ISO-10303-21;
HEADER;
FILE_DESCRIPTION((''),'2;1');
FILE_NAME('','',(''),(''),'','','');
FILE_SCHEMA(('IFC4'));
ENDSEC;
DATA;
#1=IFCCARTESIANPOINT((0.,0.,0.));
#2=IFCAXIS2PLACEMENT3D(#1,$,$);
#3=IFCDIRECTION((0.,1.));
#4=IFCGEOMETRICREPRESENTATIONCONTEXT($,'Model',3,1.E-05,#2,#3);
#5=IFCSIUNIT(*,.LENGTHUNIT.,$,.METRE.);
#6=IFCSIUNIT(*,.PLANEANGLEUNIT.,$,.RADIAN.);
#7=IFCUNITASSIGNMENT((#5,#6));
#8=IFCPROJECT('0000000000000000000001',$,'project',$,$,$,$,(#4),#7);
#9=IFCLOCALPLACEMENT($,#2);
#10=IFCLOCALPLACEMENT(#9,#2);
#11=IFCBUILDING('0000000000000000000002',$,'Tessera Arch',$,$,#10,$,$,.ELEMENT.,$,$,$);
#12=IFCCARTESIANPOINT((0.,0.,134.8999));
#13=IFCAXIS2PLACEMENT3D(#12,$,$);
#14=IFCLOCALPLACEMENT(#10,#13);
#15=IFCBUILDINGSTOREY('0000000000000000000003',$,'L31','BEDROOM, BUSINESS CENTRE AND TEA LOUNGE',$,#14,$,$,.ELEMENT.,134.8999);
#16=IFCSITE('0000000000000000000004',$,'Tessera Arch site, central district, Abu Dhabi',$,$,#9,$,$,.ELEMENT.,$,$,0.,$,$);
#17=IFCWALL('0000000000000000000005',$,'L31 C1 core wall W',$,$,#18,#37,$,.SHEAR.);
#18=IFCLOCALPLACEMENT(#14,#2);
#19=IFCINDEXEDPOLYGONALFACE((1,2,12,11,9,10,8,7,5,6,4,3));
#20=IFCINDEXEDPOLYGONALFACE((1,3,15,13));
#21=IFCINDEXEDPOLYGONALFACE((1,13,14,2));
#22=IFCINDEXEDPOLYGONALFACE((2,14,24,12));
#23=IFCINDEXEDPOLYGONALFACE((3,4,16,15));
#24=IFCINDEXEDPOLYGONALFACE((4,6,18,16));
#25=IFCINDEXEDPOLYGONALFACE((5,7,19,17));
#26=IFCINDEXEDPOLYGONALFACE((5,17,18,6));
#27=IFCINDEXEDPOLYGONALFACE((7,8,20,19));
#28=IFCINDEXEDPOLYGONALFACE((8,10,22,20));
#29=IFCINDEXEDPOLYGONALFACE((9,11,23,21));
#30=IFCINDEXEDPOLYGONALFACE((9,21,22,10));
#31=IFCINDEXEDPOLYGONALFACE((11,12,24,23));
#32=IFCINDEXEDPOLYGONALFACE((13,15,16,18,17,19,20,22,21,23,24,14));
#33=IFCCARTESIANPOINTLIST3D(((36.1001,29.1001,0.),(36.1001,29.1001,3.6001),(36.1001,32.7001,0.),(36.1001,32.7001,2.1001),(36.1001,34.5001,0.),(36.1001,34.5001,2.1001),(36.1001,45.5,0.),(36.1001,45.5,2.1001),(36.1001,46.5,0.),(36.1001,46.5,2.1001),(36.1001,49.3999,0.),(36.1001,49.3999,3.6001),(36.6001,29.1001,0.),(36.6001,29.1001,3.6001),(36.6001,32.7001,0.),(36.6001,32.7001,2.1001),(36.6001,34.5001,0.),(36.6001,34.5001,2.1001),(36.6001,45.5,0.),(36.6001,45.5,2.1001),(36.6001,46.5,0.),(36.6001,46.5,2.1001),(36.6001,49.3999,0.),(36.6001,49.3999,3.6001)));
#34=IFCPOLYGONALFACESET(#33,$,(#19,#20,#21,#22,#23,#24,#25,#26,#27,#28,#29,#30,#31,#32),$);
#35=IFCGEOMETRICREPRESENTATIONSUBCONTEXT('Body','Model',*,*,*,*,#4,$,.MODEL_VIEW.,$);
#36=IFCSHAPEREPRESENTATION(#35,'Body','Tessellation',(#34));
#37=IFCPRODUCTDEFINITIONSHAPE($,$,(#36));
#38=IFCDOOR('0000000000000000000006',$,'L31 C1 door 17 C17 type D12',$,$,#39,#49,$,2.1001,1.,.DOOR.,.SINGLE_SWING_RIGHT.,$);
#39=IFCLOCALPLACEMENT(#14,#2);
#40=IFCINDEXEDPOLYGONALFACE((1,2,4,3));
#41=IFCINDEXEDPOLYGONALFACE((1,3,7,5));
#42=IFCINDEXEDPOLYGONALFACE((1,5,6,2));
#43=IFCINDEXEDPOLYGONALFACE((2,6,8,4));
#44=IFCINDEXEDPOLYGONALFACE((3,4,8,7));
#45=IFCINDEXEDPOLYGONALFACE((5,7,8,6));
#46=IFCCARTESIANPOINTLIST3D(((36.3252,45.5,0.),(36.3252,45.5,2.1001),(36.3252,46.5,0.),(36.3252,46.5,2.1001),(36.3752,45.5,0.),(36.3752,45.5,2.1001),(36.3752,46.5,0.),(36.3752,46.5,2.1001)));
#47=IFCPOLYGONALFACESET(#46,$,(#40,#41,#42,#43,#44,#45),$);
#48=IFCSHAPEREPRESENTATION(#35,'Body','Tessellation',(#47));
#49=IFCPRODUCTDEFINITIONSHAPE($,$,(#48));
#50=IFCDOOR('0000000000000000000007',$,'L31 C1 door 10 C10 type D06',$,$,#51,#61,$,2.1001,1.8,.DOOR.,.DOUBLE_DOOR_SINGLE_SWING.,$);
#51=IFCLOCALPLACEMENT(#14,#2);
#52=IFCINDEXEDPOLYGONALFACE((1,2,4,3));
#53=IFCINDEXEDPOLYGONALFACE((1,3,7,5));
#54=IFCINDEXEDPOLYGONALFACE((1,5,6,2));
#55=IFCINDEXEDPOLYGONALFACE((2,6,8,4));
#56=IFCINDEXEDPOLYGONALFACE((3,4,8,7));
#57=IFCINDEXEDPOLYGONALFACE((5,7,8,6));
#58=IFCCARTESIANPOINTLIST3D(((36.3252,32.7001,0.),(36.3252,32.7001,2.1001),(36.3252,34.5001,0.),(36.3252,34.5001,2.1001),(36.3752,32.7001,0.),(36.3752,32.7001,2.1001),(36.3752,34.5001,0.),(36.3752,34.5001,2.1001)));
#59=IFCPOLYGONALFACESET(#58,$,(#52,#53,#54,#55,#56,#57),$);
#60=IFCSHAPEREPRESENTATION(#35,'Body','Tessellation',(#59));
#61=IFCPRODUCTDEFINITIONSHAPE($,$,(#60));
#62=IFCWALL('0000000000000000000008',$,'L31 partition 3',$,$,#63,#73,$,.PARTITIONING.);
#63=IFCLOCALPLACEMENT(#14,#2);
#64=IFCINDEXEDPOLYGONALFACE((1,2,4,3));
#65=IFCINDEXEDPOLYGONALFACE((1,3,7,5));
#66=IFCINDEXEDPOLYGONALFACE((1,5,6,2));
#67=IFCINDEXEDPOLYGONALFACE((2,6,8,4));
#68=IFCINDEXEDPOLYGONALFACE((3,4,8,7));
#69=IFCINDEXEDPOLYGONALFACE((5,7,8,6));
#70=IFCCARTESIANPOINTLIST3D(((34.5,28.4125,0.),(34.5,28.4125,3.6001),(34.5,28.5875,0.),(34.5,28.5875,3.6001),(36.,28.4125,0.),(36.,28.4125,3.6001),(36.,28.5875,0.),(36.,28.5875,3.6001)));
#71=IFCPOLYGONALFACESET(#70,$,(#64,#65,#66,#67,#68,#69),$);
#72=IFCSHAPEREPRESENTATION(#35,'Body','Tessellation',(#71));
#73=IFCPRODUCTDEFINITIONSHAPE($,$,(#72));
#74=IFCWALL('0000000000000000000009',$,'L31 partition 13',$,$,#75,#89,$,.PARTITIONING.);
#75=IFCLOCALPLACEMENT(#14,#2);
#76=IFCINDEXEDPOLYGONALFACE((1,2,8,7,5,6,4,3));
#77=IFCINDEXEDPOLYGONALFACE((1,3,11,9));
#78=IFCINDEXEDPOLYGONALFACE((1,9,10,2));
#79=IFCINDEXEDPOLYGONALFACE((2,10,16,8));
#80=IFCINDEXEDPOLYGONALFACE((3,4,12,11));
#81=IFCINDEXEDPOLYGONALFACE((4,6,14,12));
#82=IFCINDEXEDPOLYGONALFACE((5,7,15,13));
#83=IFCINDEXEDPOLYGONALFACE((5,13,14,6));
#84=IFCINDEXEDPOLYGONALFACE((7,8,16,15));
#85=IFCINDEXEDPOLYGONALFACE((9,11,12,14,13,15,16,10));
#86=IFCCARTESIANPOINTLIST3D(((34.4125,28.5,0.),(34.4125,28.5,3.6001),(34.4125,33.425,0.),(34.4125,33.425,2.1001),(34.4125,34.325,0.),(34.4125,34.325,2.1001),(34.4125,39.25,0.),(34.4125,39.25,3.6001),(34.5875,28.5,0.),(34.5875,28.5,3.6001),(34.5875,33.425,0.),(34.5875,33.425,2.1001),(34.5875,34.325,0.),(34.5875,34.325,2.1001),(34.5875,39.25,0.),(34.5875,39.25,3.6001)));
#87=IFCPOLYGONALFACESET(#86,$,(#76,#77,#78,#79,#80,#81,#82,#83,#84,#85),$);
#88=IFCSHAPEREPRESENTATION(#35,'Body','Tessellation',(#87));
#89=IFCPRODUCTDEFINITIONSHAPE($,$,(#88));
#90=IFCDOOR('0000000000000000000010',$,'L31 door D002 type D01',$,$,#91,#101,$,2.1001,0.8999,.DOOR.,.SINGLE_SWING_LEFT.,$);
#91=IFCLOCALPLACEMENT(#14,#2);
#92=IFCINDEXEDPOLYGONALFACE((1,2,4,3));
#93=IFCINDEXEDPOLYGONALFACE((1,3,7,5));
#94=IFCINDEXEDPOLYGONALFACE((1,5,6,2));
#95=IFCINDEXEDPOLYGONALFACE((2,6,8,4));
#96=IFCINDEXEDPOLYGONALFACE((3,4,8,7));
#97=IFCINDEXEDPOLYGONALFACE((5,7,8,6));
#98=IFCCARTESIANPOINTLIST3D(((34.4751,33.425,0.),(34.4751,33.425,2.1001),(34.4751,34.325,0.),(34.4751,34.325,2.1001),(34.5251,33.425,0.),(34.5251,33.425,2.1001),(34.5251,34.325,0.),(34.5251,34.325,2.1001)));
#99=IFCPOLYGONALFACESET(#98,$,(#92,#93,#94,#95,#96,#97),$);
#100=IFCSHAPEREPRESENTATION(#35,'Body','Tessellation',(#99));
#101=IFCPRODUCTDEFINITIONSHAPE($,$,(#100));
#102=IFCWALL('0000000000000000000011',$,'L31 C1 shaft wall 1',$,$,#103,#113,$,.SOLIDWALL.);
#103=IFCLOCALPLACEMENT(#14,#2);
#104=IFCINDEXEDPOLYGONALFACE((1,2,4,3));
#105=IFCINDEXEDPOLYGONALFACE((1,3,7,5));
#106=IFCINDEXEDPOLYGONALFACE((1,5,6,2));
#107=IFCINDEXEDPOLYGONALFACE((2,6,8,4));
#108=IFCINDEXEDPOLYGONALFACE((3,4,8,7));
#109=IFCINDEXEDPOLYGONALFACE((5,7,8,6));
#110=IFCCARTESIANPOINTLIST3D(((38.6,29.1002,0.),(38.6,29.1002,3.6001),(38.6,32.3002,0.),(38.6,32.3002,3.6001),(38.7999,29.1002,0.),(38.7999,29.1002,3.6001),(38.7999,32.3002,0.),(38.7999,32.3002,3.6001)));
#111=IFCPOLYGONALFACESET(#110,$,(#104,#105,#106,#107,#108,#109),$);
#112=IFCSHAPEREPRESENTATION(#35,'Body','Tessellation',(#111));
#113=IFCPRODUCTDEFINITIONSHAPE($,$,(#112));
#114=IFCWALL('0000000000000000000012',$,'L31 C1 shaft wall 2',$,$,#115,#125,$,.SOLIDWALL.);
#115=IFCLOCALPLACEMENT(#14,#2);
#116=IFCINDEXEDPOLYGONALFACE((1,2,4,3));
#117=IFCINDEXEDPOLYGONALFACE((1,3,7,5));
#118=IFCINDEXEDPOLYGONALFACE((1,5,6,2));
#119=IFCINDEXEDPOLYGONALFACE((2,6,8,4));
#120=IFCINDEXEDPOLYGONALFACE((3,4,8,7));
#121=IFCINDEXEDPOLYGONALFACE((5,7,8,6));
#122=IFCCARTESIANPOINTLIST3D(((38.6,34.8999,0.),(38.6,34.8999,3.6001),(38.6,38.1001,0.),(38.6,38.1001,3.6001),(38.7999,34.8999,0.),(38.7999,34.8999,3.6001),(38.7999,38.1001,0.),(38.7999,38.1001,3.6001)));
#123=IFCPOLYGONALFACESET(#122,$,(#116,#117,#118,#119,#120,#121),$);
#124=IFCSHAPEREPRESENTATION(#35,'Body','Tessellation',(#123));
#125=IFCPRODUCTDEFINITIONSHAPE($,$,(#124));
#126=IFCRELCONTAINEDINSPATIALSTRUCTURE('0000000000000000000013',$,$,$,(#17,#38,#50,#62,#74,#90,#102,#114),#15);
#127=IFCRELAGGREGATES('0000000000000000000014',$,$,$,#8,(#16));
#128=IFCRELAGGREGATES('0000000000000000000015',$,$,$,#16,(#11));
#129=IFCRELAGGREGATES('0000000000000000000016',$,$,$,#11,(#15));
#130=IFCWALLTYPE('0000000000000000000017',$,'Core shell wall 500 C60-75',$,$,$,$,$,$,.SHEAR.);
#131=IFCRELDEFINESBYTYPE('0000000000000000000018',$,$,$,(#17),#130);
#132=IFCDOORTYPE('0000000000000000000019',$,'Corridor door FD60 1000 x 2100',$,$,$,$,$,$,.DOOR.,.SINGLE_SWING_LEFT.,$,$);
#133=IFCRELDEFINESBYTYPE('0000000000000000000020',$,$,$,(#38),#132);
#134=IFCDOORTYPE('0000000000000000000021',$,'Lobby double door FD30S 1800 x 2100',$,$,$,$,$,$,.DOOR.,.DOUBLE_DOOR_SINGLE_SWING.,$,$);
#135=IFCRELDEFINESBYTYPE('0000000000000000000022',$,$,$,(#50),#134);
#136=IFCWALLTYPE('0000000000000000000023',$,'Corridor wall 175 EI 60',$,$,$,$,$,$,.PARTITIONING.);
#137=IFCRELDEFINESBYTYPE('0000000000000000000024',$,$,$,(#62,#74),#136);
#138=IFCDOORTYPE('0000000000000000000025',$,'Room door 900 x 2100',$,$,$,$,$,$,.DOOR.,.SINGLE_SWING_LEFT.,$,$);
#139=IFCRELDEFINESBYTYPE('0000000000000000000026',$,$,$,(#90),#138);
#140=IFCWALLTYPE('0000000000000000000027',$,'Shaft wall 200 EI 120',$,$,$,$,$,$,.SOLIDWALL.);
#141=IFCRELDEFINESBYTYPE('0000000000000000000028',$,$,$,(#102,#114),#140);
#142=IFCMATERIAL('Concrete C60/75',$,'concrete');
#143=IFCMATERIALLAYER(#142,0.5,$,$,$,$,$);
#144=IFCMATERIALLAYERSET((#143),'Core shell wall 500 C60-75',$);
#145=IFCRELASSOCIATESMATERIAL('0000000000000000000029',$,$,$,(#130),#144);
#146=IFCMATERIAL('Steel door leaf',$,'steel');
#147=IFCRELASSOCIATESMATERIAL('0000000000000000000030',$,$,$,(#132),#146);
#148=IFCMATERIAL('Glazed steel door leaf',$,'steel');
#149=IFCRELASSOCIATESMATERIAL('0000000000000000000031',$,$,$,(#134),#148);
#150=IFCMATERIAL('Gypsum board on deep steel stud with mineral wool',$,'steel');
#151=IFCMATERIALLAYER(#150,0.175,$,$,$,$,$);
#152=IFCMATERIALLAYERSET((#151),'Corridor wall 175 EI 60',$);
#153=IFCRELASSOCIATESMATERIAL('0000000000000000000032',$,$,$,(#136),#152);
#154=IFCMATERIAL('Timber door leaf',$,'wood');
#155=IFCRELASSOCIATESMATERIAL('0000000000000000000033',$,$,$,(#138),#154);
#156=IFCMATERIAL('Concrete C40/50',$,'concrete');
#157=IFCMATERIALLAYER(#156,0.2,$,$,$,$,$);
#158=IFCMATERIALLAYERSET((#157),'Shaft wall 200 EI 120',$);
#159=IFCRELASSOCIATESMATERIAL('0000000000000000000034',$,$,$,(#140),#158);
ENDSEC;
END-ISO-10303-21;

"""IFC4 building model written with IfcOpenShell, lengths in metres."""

from ifc_helpers import new_model, si_unit, direction, frame, frame_2d, origin, place, context, subcontext, project, spatial, rectangle, extrude, material, layer, layer_set, type_object, element, fill, save


model = new_model("IFC4")

# Units and contexts
model_context = context("Model", 3, precision=1e-05, world=origin(), true_north=direction((0.0, 1.0)))
body_context = subcontext(model_context, "Body", "Model", "MODEL_VIEW")
ifc_project = project(units=[si_unit("LENGTHUNIT", "METRE"), si_unit("PLANEANGLEUNIT", "RADIAN")], contexts=[model_context])

# Site, building, storey
site_placement = place(None, origin())
site = spatial("IfcSite", under=ifc_project, at=site_placement, Name="Tessera Arch site, central district, Abu Dhabi", CompositionType="ELEMENT", RefElevation=0.0)
building_placement = place(site_placement, origin())
building = spatial("IfcBuilding", under=site, at=building_placement, Name="Tessera Arch", CompositionType="ELEMENT")
storey_placement = place(building_placement, frame((0.0, 0.0, 134.8999)))
storey = spatial("IfcBuildingStorey", under=building, at=storey_placement, Name="L31", Description="BEDROOM, BUSINESS CENTRE AND TEA LOUNGE", CompositionType="ELEMENT", Elevation=134.8999)

# Wall, openings, doors
ifc_material_1 = material(Name="Concrete C60/75", Category="concrete")
ifc_layer_1 = layer(ifc_material_1, 0.5)
ifc_layer_set_1 = layer_set([ifc_layer_1], Name="Core shell wall 500 C60-75")
wall_type_1 = type_object("IfcWallType", Name="Core shell wall 500 C60-75", PredefinedType="SHEAR", material=ifc_layer_set_1)
wall_1_placement = place(storey_placement, frame((36.3501, 29.1001, 0.0), z_axis=(0.0, 0.0, 1.0), x_axis=(0.0, 1.0, 0.0)))
wall_1 = element("IfcWall", 1, at=wall_1_placement, inside=storey, type_object=wall_type_1, Name="L31 C1 core wall W", PredefinedType="SHEAR", context=body_context, shape_type="SweptSolid", body=[
    extrude(rectangle(XDim=20.2998, YDim=0.5, at=frame_2d((10.1499, 0.0))), origin(), (0.0, 0.0, 1.0), 3.6001),
])
opening_1_placement = place(wall_1_placement, frame((3.6001, 0.0, 0.0)))
opening_1 = element("IfcOpeningElement", 2, at=opening_1_placement, cuts=wall_1, PredefinedType="OPENING", context=body_context, shape_type="SweptSolid", body=[
    extrude(rectangle(XDim=1.8, YDim=2.1001, at=frame_2d((0.8999, 1.05))), frame((0.0, 0.26, 0.0), z_axis=(0.0, -1.0, 0.0), x_axis=(1.0, 0.0, 0.0)), (0.0, 0.0, 1.0), 0.52),
])
opening_2_placement = place(wall_1_placement, frame((16.3999, 0.0, 0.0)))
opening_2 = element("IfcOpeningElement", 3, at=opening_2_placement, cuts=wall_1, PredefinedType="OPENING", context=body_context, shape_type="SweptSolid", body=[
    extrude(rectangle(XDim=1.0, YDim=2.1001, at=frame_2d((0.5, 1.05))), frame((0.0, 0.26, 0.0), z_axis=(0.0, -1.0, 0.0), x_axis=(1.0, 0.0, 0.0)), (0.0, 0.0, 1.0), 0.52),
])
ifc_material_2 = material(Name="Steel door leaf", Category="steel")
door_type_1 = type_object("IfcDoorType", Name="Corridor door FD60 1000 x 2100", OperationType="SINGLE_SWING_LEFT", PredefinedType="DOOR", material=ifc_material_2)
door_1_placement = place(opening_2_placement, origin())
door_1 = element("IfcDoor", 4, at=door_1_placement, inside=storey, type_object=door_type_1, Name="L31 C1 door 17 C17 type D12", OperationType="SINGLE_SWING_RIGHT", OverallHeight=2.1001, OverallWidth=1.0, PredefinedType="DOOR", context=body_context, shape_type="SweptSolid", body=[
    extrude(rectangle(XDim=1.0, YDim=2.1001, at=frame_2d((0.5, 1.05))), frame((0.0, 0.0249, 0.0), z_axis=(0.0, -1.0, 0.0), x_axis=(1.0, 0.0, 0.0)), (0.0, 0.0, 1.0), 0.05),
])
fill(opening_2, door_1)
ifc_material_3 = material(Name="Glazed steel door leaf", Category="steel")
door_type_2 = type_object("IfcDoorType", Name="Lobby double door FD30S 1800 x 2100", OperationType="DOUBLE_DOOR_SINGLE_SWING", PredefinedType="DOOR", material=ifc_material_3)
door_2_placement = place(opening_1_placement, origin())
door_2 = element("IfcDoor", 5, at=door_2_placement, inside=storey, type_object=door_type_2, Name="L31 C1 door 10 C10 type D06", OperationType="DOUBLE_DOOR_SINGLE_SWING", OverallHeight=2.1001, OverallWidth=1.8, PredefinedType="DOOR", context=body_context, shape_type="SweptSolid", body=[
    extrude(rectangle(XDim=1.8, YDim=2.1001, at=frame_2d((0.8999, 1.05))), frame((0.0, 0.0249, 0.0), z_axis=(0.0, -1.0, 0.0), x_axis=(1.0, 0.0, 0.0)), (0.0, 0.0, 1.0), 0.05),
])
fill(opening_1, door_2)

# Wall
ifc_material_4 = material(Name="Gypsum board on deep steel stud with mineral wool", Category="steel")
ifc_layer_2 = layer(ifc_material_4, 0.175)
ifc_layer_set_2 = layer_set([ifc_layer_2], Name="Corridor wall 175 EI 60")
wall_type_2 = type_object("IfcWallType", Name="Corridor wall 175 EI 60", PredefinedType="PARTITIONING", material=ifc_layer_set_2)
wall_2_placement = place(storey_placement, frame((34.5, 28.5, 0.0), z_axis=(0.0, 0.0, 1.0), x_axis=(1.0, 0.0, 0.0)))
element("IfcWall", 6, at=wall_2_placement, inside=storey, type_object=wall_type_2, Name="L31 partition 3", PredefinedType="PARTITIONING", context=body_context, shape_type="SweptSolid", body=[
    extrude(rectangle(XDim=1.5, YDim=0.175, at=frame_2d((0.75, 0.0))), origin(), (0.0, 0.0, 1.0), 3.6001),
])

# Wall, opening, door
wall_3_placement = place(storey_placement, frame((34.5, 28.5, 0.0), z_axis=(0.0, 0.0, 1.0), x_axis=(0.0, 1.0, 0.0)))
wall_3 = element("IfcWall", 7, at=wall_3_placement, inside=storey, type_object=wall_type_2, Name="L31 partition 13", PredefinedType="PARTITIONING", context=body_context, shape_type="SweptSolid", body=[
    extrude(rectangle(XDim=10.75, YDim=0.175, at=frame_2d((5.375, 0.0))), origin(), (0.0, 0.0, 1.0), 3.6001),
])
opening_3_placement = place(wall_3_placement, frame((4.925, 0.0, 0.0)))
opening_3 = element("IfcOpeningElement", 8, at=opening_3_placement, cuts=wall_3, PredefinedType="OPENING", context=body_context, shape_type="SweptSolid", body=[
    extrude(rectangle(XDim=0.8999, YDim=2.1001, at=frame_2d((0.45, 1.05))), frame((0.0, 0.0974, 0.0), z_axis=(0.0, -1.0, 0.0), x_axis=(1.0, 0.0, 0.0)), (0.0, 0.0, 1.0), 0.1951),
])
ifc_material_5 = material(Name="Timber door leaf", Category="wood")
door_type_3 = type_object("IfcDoorType", Name="Room door 900 x 2100", OperationType="SINGLE_SWING_LEFT", PredefinedType="DOOR", material=ifc_material_5)
door_3_placement = place(opening_3_placement, origin())
door_3 = element("IfcDoor", 9, at=door_3_placement, inside=storey, type_object=door_type_3, Name="L31 door D002 type D01", OperationType="SINGLE_SWING_LEFT", OverallHeight=2.1001, OverallWidth=0.8999, PredefinedType="DOOR", context=body_context, shape_type="SweptSolid", body=[
    extrude(rectangle(XDim=0.8999, YDim=2.1001, at=frame_2d((0.45, 1.05))), frame((0.0, 0.0249, 0.0), z_axis=(0.0, -1.0, 0.0), x_axis=(1.0, 0.0, 0.0)), (0.0, 0.0, 1.0), 0.05),
])
fill(opening_3, door_3)

# Walls
ifc_material_6 = material(Name="Concrete C40/50", Category="concrete")
ifc_layer_3 = layer(ifc_material_6, 0.2)
ifc_layer_set_3 = layer_set([ifc_layer_3], Name="Shaft wall 200 EI 120")
wall_type_3 = type_object("IfcWallType", Name="Shaft wall 200 EI 120", PredefinedType="SOLIDWALL", material=ifc_layer_set_3)
wall_4_placement = place(storey_placement, frame((38.7, 29.1001, 0.0), z_axis=(0.0, 0.0, 1.0), x_axis=(0.0, 1.0, 0.0)))
element("IfcWall", 10, at=wall_4_placement, inside=storey, type_object=wall_type_3, Name="L31 C1 shaft wall 1", PredefinedType="SOLIDWALL", context=body_context, shape_type="SweptSolid", body=[
    extrude(rectangle(XDim=3.2, YDim=0.2, at=frame_2d((1.6001, 0.0))), origin(), (0.0, 0.0, 1.0), 3.6001),
])
wall_5_placement = place(storey_placement, frame((38.7, 34.8999, 0.0), z_axis=(0.0, 0.0, 1.0), x_axis=(0.0, 1.0, 0.0)))
element("IfcWall", 11, at=wall_5_placement, inside=storey, type_object=wall_type_3, Name="L31 C1 shaft wall 2", PredefinedType="SOLIDWALL", context=body_context, shape_type="SweptSolid", body=[
    extrude(rectangle(XDim=3.2002, YDim=0.2, at=frame_2d((1.6001, 0.0))), origin(), (0.0, 0.0, 1.0), 3.6001),
])

save(model, "model.ifc")
